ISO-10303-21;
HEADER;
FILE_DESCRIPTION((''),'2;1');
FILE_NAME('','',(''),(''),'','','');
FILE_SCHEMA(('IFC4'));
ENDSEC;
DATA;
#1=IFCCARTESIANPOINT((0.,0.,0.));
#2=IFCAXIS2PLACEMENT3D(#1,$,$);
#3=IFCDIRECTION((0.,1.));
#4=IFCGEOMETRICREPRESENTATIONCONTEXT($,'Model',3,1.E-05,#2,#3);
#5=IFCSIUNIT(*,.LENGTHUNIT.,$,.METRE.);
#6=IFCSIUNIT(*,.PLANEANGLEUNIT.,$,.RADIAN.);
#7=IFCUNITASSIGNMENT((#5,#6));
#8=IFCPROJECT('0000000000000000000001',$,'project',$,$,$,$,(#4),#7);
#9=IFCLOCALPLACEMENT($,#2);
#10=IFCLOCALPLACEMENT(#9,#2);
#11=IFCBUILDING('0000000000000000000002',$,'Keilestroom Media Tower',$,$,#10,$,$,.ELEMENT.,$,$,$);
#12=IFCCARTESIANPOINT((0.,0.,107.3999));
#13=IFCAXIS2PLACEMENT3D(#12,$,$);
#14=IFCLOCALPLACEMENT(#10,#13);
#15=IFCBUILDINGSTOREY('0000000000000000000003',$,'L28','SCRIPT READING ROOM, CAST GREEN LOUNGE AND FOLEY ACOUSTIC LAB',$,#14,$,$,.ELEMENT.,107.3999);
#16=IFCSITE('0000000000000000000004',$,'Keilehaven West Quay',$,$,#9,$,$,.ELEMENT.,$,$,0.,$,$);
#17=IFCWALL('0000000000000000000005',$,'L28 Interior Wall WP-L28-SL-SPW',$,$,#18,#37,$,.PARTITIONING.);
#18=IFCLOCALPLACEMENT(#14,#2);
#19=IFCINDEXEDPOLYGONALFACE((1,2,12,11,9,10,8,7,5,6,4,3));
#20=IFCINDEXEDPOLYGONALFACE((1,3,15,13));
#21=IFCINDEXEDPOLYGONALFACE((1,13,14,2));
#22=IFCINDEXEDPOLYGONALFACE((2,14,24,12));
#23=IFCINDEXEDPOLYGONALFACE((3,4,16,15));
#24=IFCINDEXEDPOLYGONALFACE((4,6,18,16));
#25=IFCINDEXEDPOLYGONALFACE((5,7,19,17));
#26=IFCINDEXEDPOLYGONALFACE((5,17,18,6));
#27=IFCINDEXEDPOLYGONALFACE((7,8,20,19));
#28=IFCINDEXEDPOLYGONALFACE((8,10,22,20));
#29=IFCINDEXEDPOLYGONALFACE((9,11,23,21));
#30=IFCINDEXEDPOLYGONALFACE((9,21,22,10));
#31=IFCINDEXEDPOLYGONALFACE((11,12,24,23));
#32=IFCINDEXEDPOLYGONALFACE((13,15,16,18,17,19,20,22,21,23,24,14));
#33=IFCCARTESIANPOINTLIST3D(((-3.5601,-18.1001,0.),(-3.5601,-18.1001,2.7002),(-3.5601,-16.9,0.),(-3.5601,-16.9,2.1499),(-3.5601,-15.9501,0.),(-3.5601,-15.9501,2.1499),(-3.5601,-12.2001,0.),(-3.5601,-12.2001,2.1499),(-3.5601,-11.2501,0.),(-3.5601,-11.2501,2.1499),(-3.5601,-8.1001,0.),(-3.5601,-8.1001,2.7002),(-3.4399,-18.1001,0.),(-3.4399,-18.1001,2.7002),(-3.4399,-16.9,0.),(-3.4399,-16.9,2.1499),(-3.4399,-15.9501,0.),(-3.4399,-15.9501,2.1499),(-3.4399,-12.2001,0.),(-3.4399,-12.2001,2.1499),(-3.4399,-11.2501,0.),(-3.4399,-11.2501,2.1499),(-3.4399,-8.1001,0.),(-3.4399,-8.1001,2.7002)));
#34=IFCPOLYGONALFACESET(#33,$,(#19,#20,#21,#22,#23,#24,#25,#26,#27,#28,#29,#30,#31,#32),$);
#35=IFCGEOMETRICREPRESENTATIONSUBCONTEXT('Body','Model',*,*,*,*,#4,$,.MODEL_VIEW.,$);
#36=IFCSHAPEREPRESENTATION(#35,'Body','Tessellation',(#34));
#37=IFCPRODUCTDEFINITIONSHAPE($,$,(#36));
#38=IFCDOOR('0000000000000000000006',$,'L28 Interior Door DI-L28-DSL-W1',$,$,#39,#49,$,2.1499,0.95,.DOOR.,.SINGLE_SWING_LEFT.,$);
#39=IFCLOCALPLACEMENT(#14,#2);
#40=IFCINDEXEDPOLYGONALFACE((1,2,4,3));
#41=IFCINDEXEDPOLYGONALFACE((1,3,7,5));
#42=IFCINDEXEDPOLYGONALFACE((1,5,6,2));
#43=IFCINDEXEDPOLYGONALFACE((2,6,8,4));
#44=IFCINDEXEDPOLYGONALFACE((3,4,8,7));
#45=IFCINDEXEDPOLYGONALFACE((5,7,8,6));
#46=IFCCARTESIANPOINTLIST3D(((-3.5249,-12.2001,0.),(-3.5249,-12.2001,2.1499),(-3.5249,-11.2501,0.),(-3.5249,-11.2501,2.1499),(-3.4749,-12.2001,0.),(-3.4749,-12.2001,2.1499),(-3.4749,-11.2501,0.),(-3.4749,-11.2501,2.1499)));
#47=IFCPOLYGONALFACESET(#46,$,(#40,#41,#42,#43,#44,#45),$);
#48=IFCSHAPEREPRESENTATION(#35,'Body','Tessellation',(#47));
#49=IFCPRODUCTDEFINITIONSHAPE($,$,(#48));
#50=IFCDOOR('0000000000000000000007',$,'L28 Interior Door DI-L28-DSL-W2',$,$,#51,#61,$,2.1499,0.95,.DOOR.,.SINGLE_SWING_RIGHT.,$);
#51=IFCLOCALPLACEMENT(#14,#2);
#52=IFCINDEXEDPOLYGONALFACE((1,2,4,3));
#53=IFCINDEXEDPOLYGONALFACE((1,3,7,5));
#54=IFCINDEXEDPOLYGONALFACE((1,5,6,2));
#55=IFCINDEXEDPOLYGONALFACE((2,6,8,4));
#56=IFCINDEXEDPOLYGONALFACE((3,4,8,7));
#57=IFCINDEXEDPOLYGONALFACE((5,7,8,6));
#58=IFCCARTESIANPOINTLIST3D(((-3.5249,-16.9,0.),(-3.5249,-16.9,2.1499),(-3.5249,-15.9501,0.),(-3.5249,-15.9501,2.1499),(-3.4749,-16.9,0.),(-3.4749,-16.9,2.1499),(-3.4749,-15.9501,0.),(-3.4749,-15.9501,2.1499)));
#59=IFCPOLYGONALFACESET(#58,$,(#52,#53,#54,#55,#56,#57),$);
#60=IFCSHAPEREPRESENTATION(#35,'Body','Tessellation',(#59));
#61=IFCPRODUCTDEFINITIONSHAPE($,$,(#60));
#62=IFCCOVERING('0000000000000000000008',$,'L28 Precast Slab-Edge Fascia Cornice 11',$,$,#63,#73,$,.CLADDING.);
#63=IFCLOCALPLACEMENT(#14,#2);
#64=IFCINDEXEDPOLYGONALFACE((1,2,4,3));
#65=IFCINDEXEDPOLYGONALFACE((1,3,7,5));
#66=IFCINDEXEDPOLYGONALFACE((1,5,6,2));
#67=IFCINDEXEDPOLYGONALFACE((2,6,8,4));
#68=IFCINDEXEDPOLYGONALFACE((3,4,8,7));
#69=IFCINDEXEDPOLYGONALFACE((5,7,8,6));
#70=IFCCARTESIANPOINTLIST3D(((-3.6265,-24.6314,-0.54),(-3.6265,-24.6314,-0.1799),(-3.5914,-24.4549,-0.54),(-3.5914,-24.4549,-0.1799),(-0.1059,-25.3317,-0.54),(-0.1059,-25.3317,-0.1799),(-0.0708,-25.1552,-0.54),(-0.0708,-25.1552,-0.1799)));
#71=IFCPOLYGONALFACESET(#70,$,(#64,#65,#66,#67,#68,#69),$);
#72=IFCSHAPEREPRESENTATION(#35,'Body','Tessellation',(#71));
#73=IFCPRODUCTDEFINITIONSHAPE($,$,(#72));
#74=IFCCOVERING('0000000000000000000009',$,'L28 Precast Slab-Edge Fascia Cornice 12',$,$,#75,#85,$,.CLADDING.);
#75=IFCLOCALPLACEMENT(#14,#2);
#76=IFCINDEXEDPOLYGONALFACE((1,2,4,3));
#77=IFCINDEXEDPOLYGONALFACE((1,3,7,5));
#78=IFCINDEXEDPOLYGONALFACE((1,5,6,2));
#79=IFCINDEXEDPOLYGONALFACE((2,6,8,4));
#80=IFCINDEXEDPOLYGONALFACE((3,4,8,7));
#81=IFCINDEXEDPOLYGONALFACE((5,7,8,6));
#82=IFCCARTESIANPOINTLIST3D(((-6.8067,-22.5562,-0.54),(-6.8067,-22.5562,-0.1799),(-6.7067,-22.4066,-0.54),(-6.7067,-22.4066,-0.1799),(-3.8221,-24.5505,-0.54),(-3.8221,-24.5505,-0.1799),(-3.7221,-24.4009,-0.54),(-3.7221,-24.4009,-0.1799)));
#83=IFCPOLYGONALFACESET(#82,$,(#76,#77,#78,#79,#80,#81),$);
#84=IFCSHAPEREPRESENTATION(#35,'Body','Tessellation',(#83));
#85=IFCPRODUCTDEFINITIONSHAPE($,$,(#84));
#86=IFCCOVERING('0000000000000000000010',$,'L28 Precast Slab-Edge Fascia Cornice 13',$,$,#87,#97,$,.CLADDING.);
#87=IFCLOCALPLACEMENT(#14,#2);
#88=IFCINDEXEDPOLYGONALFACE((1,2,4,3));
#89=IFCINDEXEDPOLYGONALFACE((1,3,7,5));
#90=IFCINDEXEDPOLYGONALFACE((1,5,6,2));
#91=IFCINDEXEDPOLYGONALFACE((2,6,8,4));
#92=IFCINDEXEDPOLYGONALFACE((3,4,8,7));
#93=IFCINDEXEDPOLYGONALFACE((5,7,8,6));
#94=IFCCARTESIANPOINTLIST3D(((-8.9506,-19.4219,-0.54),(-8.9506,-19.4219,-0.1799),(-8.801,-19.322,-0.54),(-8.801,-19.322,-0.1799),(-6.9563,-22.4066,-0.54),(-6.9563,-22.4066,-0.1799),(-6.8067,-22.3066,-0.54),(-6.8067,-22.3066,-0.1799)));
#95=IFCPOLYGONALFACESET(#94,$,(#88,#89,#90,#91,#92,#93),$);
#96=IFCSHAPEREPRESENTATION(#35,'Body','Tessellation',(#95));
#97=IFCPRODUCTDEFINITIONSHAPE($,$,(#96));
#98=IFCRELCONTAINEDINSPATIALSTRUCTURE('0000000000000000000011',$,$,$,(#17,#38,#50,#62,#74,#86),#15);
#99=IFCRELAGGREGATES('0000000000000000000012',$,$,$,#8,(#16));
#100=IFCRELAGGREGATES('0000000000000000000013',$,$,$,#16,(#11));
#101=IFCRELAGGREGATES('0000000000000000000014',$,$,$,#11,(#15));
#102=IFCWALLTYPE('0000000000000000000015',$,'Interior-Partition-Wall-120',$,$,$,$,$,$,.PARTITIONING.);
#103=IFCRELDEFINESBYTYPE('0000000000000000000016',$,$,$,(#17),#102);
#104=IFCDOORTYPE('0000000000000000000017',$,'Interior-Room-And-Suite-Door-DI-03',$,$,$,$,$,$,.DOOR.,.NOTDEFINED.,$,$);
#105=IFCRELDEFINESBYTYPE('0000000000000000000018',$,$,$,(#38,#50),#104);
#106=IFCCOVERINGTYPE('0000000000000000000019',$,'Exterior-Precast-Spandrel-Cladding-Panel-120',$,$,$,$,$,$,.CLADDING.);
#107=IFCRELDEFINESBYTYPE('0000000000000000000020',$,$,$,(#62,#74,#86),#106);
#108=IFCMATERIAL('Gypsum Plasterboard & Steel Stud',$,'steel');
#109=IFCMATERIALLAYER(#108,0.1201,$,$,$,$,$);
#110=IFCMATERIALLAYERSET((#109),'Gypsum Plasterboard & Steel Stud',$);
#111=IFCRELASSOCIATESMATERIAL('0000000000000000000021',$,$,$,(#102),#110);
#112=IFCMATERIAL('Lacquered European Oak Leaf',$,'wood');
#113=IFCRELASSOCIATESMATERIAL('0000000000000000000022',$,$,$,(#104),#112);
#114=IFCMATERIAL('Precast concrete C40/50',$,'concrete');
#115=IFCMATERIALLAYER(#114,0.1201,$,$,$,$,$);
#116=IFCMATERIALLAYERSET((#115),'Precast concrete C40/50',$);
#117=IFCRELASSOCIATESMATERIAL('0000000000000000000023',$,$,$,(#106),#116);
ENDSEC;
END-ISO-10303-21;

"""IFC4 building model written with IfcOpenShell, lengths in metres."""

from ifc_helpers import new_model, si_unit, direction, frame, frame_2d, origin, origin_2d, place, context, subcontext, project, spatial, rectangle, extrude, source, transform, mapped, material, layer, layer_set, type_object, element, fill, save


model = new_model("IFC4")

# Units and contexts
model_context = context("Model", 3, precision=1e-05, world=origin(), true_north=direction((0.0, 1.0)))
body_context = subcontext(model_context, "Body", "Model", "MODEL_VIEW")
ifc_project = project(units=[si_unit("LENGTHUNIT", "METRE"), si_unit("PLANEANGLEUNIT", "RADIAN")], contexts=[model_context])

# Site, building, storey
site_placement = place(None, origin())
site = spatial("IfcSite", under=ifc_project, at=site_placement, Name="Keilehaven West Quay", CompositionType="ELEMENT", RefElevation=0.0)
building_placement = place(site_placement, origin())
building = spatial("IfcBuilding", under=site, at=building_placement, Name="Keilestroom Media Tower", CompositionType="ELEMENT")
storey_placement = place(building_placement, frame((0.0, 0.0, 107.3999)))
storey = spatial("IfcBuildingStorey", under=building, at=storey_placement, Name="L28", Description="SCRIPT READING ROOM, CAST GREEN LOUNGE AND FOLEY ACOUSTIC LAB", CompositionType="ELEMENT", Elevation=107.3999)

# Shared definitions
ifc_material_1 = material(Name="Precast concrete C40/50", Category="concrete")

# Wall, openings, doors
ifc_material_2 = material(Name="Gypsum Plasterboard & Steel Stud", Category="steel")
ifc_layer_1 = layer(ifc_material_2, 0.1201)
ifc_layer_set_1 = layer_set([ifc_layer_1], Name="Gypsum Plasterboard & Steel Stud")
wall_type_1 = type_object("IfcWallType", Name="Interior-Partition-Wall-120", PredefinedType="PARTITIONING", material=ifc_layer_set_1)
wall_1_placement = place(storey_placement, frame((-3.5, -18.1001, 0.0), z_axis=(0.0, 0.0, 1.0), x_axis=(0.0, 1.0, 0.0)))
wall_1 = element("IfcWall", 1, at=wall_1_placement, inside=storey, type_object=wall_type_1, Name="L28 Interior Wall WP-L28-SL-SPW", PredefinedType="PARTITIONING", context=body_context, shape_type="SweptSolid", body=[
    extrude(rectangle(XDim=10.0, YDim=0.1201, at=frame_2d((5.0, 0.0))), origin(), (0.0, 0.0, 1.0), 2.7002),
])
opening_1_placement = place(wall_1_placement, frame((5.8999, 0.0, 0.0)))
opening_1 = element("IfcOpeningElement", 2, at=opening_1_placement, cuts=wall_1, PredefinedType="OPENING", context=body_context, shape_type="SweptSolid", body=[
    extrude(rectangle(XDim=0.95, YDim=2.1499, at=frame_2d((0.4751, 1.075))), frame((0.0, 0.0701, 0.0), z_axis=(0.0, -1.0, 0.0), x_axis=(1.0, 0.0, 0.0)), (0.0, 0.0, 1.0), 0.1401),
])
opening_2_placement = place(wall_1_placement, frame((1.2, 0.0, 0.0)))
opening_2 = element("IfcOpeningElement", 3, at=opening_2_placement, cuts=wall_1, PredefinedType="OPENING", context=body_context, shape_type="SweptSolid", body=[
    extrude(rectangle(XDim=0.95, YDim=2.1499, at=frame_2d((0.4751, 1.075))), frame((0.0, 0.0701, 0.0), z_axis=(0.0, -1.0, 0.0), x_axis=(1.0, 0.0, 0.0)), (0.0, 0.0, 1.0), 0.1401),
])
ifc_material_3 = material(Name="Lacquered European Oak Leaf", Category="wood")
door_type = type_object("IfcDoorType", Name="Interior-Room-And-Suite-Door-DI-03", OperationType="NOTDEFINED", PredefinedType="DOOR", material=ifc_material_3)
shared_shape_1 = source(origin(), body_context, "Body", "SweptSolid", [
    extrude(rectangle(XDim=0.95, YDim=2.1499, at=frame_2d((0.4751, 1.075))), frame((0.0, 0.0249, 0.0), z_axis=(0.0, -1.0, 0.0), x_axis=(1.0, 0.0, 0.0)), (0.0, 0.0, 1.0), 0.05),
])
door_1_placement = place(opening_1_placement, origin())
door_1 = element("IfcDoor", 4, at=door_1_placement, inside=storey, type_object=door_type, Name="L28 Interior Door DI-L28-DSL-W1", OperationType="SINGLE_SWING_LEFT", OverallHeight=2.1499, OverallWidth=0.95, PredefinedType="DOOR", context=body_context, shape_type="MappedRepresentation", body=[
    mapped(shared_shape_1, transform((0.0, 0.0, 0.0), x_axis=(1.0, 0.0, 0.0), y_axis=(0.0, 1.0, 0.0), z_axis=(0.0, 0.0, 1.0), scale=1.0)),
])
fill(opening_1, door_1)
door_2_placement = place(opening_2_placement, origin())
door_2 = element("IfcDoor", 5, at=door_2_placement, inside=storey, type_object=door_type, Name="L28 Interior Door DI-L28-DSL-W2", OperationType="SINGLE_SWING_RIGHT", OverallHeight=2.1499, OverallWidth=0.95, PredefinedType="DOOR", context=body_context, shape_type="MappedRepresentation", body=[
    mapped(shared_shape_1, transform((0.0, 0.0, 0.0), x_axis=(1.0, 0.0, 0.0), y_axis=(0.0, 1.0, 0.0), z_axis=(0.0, 0.0, 1.0), scale=1.0)),
])
fill(opening_2, door_2)

# Coverings
ifc_layer_2 = layer(ifc_material_1, 0.1201)
ifc_layer_set_2 = layer_set([ifc_layer_2], Name="Precast concrete C40/50")
covering_type = type_object("IfcCoveringType", Name="Exterior-Precast-Spandrel-Cladding-Panel-120", PredefinedType="CLADDING", material=ifc_layer_set_2)
shared_shape_2 = source(origin(), body_context, "Body", "SweptSolid", [
    extrude(rectangle(XDim=3.5896, YDim=0.1799, at=origin_2d()), origin(), (0.0, 0.0, 1.0), 0.3601),
])
for number, where, z_axis, x_axis, name in (
    (6, (-1.8486, -24.8933, -0.54), (0.0, 0.0, 1.0), (-0.980784, 0.195099, 0.0), "L28 Precast Slab-Edge Fascia Cornice 11"),
    (7, (-5.2644, -23.4785, -0.54), (0.0, 0.0, 1.0), (-0.831467, 0.555575, 0.0), "L28 Precast Slab-Edge Fascia Cornice 12"),
    (8, (-7.8787, -20.8643, -0.54), (0.0, 0.0, 1.0), (-0.555575, 0.831467, 0.0), "L28 Precast Slab-Edge Fascia Cornice 13"),
):
    element("IfcCovering", number, at=place(storey_placement, frame(where, z_axis=z_axis, x_axis=x_axis)), inside=storey, type_object=covering_type, Name=name, PredefinedType="CLADDING", context=body_context, shape_type="MappedRepresentation", body=[
        mapped(shared_shape_2, transform((0.0, 0.0, 0.0), x_axis=(1.0, 0.0, 0.0), y_axis=(0.0, 1.0, 0.0), z_axis=(0.0, 0.0, 1.0), scale=1.0)),
    ])

save(model, "model.ifc")
